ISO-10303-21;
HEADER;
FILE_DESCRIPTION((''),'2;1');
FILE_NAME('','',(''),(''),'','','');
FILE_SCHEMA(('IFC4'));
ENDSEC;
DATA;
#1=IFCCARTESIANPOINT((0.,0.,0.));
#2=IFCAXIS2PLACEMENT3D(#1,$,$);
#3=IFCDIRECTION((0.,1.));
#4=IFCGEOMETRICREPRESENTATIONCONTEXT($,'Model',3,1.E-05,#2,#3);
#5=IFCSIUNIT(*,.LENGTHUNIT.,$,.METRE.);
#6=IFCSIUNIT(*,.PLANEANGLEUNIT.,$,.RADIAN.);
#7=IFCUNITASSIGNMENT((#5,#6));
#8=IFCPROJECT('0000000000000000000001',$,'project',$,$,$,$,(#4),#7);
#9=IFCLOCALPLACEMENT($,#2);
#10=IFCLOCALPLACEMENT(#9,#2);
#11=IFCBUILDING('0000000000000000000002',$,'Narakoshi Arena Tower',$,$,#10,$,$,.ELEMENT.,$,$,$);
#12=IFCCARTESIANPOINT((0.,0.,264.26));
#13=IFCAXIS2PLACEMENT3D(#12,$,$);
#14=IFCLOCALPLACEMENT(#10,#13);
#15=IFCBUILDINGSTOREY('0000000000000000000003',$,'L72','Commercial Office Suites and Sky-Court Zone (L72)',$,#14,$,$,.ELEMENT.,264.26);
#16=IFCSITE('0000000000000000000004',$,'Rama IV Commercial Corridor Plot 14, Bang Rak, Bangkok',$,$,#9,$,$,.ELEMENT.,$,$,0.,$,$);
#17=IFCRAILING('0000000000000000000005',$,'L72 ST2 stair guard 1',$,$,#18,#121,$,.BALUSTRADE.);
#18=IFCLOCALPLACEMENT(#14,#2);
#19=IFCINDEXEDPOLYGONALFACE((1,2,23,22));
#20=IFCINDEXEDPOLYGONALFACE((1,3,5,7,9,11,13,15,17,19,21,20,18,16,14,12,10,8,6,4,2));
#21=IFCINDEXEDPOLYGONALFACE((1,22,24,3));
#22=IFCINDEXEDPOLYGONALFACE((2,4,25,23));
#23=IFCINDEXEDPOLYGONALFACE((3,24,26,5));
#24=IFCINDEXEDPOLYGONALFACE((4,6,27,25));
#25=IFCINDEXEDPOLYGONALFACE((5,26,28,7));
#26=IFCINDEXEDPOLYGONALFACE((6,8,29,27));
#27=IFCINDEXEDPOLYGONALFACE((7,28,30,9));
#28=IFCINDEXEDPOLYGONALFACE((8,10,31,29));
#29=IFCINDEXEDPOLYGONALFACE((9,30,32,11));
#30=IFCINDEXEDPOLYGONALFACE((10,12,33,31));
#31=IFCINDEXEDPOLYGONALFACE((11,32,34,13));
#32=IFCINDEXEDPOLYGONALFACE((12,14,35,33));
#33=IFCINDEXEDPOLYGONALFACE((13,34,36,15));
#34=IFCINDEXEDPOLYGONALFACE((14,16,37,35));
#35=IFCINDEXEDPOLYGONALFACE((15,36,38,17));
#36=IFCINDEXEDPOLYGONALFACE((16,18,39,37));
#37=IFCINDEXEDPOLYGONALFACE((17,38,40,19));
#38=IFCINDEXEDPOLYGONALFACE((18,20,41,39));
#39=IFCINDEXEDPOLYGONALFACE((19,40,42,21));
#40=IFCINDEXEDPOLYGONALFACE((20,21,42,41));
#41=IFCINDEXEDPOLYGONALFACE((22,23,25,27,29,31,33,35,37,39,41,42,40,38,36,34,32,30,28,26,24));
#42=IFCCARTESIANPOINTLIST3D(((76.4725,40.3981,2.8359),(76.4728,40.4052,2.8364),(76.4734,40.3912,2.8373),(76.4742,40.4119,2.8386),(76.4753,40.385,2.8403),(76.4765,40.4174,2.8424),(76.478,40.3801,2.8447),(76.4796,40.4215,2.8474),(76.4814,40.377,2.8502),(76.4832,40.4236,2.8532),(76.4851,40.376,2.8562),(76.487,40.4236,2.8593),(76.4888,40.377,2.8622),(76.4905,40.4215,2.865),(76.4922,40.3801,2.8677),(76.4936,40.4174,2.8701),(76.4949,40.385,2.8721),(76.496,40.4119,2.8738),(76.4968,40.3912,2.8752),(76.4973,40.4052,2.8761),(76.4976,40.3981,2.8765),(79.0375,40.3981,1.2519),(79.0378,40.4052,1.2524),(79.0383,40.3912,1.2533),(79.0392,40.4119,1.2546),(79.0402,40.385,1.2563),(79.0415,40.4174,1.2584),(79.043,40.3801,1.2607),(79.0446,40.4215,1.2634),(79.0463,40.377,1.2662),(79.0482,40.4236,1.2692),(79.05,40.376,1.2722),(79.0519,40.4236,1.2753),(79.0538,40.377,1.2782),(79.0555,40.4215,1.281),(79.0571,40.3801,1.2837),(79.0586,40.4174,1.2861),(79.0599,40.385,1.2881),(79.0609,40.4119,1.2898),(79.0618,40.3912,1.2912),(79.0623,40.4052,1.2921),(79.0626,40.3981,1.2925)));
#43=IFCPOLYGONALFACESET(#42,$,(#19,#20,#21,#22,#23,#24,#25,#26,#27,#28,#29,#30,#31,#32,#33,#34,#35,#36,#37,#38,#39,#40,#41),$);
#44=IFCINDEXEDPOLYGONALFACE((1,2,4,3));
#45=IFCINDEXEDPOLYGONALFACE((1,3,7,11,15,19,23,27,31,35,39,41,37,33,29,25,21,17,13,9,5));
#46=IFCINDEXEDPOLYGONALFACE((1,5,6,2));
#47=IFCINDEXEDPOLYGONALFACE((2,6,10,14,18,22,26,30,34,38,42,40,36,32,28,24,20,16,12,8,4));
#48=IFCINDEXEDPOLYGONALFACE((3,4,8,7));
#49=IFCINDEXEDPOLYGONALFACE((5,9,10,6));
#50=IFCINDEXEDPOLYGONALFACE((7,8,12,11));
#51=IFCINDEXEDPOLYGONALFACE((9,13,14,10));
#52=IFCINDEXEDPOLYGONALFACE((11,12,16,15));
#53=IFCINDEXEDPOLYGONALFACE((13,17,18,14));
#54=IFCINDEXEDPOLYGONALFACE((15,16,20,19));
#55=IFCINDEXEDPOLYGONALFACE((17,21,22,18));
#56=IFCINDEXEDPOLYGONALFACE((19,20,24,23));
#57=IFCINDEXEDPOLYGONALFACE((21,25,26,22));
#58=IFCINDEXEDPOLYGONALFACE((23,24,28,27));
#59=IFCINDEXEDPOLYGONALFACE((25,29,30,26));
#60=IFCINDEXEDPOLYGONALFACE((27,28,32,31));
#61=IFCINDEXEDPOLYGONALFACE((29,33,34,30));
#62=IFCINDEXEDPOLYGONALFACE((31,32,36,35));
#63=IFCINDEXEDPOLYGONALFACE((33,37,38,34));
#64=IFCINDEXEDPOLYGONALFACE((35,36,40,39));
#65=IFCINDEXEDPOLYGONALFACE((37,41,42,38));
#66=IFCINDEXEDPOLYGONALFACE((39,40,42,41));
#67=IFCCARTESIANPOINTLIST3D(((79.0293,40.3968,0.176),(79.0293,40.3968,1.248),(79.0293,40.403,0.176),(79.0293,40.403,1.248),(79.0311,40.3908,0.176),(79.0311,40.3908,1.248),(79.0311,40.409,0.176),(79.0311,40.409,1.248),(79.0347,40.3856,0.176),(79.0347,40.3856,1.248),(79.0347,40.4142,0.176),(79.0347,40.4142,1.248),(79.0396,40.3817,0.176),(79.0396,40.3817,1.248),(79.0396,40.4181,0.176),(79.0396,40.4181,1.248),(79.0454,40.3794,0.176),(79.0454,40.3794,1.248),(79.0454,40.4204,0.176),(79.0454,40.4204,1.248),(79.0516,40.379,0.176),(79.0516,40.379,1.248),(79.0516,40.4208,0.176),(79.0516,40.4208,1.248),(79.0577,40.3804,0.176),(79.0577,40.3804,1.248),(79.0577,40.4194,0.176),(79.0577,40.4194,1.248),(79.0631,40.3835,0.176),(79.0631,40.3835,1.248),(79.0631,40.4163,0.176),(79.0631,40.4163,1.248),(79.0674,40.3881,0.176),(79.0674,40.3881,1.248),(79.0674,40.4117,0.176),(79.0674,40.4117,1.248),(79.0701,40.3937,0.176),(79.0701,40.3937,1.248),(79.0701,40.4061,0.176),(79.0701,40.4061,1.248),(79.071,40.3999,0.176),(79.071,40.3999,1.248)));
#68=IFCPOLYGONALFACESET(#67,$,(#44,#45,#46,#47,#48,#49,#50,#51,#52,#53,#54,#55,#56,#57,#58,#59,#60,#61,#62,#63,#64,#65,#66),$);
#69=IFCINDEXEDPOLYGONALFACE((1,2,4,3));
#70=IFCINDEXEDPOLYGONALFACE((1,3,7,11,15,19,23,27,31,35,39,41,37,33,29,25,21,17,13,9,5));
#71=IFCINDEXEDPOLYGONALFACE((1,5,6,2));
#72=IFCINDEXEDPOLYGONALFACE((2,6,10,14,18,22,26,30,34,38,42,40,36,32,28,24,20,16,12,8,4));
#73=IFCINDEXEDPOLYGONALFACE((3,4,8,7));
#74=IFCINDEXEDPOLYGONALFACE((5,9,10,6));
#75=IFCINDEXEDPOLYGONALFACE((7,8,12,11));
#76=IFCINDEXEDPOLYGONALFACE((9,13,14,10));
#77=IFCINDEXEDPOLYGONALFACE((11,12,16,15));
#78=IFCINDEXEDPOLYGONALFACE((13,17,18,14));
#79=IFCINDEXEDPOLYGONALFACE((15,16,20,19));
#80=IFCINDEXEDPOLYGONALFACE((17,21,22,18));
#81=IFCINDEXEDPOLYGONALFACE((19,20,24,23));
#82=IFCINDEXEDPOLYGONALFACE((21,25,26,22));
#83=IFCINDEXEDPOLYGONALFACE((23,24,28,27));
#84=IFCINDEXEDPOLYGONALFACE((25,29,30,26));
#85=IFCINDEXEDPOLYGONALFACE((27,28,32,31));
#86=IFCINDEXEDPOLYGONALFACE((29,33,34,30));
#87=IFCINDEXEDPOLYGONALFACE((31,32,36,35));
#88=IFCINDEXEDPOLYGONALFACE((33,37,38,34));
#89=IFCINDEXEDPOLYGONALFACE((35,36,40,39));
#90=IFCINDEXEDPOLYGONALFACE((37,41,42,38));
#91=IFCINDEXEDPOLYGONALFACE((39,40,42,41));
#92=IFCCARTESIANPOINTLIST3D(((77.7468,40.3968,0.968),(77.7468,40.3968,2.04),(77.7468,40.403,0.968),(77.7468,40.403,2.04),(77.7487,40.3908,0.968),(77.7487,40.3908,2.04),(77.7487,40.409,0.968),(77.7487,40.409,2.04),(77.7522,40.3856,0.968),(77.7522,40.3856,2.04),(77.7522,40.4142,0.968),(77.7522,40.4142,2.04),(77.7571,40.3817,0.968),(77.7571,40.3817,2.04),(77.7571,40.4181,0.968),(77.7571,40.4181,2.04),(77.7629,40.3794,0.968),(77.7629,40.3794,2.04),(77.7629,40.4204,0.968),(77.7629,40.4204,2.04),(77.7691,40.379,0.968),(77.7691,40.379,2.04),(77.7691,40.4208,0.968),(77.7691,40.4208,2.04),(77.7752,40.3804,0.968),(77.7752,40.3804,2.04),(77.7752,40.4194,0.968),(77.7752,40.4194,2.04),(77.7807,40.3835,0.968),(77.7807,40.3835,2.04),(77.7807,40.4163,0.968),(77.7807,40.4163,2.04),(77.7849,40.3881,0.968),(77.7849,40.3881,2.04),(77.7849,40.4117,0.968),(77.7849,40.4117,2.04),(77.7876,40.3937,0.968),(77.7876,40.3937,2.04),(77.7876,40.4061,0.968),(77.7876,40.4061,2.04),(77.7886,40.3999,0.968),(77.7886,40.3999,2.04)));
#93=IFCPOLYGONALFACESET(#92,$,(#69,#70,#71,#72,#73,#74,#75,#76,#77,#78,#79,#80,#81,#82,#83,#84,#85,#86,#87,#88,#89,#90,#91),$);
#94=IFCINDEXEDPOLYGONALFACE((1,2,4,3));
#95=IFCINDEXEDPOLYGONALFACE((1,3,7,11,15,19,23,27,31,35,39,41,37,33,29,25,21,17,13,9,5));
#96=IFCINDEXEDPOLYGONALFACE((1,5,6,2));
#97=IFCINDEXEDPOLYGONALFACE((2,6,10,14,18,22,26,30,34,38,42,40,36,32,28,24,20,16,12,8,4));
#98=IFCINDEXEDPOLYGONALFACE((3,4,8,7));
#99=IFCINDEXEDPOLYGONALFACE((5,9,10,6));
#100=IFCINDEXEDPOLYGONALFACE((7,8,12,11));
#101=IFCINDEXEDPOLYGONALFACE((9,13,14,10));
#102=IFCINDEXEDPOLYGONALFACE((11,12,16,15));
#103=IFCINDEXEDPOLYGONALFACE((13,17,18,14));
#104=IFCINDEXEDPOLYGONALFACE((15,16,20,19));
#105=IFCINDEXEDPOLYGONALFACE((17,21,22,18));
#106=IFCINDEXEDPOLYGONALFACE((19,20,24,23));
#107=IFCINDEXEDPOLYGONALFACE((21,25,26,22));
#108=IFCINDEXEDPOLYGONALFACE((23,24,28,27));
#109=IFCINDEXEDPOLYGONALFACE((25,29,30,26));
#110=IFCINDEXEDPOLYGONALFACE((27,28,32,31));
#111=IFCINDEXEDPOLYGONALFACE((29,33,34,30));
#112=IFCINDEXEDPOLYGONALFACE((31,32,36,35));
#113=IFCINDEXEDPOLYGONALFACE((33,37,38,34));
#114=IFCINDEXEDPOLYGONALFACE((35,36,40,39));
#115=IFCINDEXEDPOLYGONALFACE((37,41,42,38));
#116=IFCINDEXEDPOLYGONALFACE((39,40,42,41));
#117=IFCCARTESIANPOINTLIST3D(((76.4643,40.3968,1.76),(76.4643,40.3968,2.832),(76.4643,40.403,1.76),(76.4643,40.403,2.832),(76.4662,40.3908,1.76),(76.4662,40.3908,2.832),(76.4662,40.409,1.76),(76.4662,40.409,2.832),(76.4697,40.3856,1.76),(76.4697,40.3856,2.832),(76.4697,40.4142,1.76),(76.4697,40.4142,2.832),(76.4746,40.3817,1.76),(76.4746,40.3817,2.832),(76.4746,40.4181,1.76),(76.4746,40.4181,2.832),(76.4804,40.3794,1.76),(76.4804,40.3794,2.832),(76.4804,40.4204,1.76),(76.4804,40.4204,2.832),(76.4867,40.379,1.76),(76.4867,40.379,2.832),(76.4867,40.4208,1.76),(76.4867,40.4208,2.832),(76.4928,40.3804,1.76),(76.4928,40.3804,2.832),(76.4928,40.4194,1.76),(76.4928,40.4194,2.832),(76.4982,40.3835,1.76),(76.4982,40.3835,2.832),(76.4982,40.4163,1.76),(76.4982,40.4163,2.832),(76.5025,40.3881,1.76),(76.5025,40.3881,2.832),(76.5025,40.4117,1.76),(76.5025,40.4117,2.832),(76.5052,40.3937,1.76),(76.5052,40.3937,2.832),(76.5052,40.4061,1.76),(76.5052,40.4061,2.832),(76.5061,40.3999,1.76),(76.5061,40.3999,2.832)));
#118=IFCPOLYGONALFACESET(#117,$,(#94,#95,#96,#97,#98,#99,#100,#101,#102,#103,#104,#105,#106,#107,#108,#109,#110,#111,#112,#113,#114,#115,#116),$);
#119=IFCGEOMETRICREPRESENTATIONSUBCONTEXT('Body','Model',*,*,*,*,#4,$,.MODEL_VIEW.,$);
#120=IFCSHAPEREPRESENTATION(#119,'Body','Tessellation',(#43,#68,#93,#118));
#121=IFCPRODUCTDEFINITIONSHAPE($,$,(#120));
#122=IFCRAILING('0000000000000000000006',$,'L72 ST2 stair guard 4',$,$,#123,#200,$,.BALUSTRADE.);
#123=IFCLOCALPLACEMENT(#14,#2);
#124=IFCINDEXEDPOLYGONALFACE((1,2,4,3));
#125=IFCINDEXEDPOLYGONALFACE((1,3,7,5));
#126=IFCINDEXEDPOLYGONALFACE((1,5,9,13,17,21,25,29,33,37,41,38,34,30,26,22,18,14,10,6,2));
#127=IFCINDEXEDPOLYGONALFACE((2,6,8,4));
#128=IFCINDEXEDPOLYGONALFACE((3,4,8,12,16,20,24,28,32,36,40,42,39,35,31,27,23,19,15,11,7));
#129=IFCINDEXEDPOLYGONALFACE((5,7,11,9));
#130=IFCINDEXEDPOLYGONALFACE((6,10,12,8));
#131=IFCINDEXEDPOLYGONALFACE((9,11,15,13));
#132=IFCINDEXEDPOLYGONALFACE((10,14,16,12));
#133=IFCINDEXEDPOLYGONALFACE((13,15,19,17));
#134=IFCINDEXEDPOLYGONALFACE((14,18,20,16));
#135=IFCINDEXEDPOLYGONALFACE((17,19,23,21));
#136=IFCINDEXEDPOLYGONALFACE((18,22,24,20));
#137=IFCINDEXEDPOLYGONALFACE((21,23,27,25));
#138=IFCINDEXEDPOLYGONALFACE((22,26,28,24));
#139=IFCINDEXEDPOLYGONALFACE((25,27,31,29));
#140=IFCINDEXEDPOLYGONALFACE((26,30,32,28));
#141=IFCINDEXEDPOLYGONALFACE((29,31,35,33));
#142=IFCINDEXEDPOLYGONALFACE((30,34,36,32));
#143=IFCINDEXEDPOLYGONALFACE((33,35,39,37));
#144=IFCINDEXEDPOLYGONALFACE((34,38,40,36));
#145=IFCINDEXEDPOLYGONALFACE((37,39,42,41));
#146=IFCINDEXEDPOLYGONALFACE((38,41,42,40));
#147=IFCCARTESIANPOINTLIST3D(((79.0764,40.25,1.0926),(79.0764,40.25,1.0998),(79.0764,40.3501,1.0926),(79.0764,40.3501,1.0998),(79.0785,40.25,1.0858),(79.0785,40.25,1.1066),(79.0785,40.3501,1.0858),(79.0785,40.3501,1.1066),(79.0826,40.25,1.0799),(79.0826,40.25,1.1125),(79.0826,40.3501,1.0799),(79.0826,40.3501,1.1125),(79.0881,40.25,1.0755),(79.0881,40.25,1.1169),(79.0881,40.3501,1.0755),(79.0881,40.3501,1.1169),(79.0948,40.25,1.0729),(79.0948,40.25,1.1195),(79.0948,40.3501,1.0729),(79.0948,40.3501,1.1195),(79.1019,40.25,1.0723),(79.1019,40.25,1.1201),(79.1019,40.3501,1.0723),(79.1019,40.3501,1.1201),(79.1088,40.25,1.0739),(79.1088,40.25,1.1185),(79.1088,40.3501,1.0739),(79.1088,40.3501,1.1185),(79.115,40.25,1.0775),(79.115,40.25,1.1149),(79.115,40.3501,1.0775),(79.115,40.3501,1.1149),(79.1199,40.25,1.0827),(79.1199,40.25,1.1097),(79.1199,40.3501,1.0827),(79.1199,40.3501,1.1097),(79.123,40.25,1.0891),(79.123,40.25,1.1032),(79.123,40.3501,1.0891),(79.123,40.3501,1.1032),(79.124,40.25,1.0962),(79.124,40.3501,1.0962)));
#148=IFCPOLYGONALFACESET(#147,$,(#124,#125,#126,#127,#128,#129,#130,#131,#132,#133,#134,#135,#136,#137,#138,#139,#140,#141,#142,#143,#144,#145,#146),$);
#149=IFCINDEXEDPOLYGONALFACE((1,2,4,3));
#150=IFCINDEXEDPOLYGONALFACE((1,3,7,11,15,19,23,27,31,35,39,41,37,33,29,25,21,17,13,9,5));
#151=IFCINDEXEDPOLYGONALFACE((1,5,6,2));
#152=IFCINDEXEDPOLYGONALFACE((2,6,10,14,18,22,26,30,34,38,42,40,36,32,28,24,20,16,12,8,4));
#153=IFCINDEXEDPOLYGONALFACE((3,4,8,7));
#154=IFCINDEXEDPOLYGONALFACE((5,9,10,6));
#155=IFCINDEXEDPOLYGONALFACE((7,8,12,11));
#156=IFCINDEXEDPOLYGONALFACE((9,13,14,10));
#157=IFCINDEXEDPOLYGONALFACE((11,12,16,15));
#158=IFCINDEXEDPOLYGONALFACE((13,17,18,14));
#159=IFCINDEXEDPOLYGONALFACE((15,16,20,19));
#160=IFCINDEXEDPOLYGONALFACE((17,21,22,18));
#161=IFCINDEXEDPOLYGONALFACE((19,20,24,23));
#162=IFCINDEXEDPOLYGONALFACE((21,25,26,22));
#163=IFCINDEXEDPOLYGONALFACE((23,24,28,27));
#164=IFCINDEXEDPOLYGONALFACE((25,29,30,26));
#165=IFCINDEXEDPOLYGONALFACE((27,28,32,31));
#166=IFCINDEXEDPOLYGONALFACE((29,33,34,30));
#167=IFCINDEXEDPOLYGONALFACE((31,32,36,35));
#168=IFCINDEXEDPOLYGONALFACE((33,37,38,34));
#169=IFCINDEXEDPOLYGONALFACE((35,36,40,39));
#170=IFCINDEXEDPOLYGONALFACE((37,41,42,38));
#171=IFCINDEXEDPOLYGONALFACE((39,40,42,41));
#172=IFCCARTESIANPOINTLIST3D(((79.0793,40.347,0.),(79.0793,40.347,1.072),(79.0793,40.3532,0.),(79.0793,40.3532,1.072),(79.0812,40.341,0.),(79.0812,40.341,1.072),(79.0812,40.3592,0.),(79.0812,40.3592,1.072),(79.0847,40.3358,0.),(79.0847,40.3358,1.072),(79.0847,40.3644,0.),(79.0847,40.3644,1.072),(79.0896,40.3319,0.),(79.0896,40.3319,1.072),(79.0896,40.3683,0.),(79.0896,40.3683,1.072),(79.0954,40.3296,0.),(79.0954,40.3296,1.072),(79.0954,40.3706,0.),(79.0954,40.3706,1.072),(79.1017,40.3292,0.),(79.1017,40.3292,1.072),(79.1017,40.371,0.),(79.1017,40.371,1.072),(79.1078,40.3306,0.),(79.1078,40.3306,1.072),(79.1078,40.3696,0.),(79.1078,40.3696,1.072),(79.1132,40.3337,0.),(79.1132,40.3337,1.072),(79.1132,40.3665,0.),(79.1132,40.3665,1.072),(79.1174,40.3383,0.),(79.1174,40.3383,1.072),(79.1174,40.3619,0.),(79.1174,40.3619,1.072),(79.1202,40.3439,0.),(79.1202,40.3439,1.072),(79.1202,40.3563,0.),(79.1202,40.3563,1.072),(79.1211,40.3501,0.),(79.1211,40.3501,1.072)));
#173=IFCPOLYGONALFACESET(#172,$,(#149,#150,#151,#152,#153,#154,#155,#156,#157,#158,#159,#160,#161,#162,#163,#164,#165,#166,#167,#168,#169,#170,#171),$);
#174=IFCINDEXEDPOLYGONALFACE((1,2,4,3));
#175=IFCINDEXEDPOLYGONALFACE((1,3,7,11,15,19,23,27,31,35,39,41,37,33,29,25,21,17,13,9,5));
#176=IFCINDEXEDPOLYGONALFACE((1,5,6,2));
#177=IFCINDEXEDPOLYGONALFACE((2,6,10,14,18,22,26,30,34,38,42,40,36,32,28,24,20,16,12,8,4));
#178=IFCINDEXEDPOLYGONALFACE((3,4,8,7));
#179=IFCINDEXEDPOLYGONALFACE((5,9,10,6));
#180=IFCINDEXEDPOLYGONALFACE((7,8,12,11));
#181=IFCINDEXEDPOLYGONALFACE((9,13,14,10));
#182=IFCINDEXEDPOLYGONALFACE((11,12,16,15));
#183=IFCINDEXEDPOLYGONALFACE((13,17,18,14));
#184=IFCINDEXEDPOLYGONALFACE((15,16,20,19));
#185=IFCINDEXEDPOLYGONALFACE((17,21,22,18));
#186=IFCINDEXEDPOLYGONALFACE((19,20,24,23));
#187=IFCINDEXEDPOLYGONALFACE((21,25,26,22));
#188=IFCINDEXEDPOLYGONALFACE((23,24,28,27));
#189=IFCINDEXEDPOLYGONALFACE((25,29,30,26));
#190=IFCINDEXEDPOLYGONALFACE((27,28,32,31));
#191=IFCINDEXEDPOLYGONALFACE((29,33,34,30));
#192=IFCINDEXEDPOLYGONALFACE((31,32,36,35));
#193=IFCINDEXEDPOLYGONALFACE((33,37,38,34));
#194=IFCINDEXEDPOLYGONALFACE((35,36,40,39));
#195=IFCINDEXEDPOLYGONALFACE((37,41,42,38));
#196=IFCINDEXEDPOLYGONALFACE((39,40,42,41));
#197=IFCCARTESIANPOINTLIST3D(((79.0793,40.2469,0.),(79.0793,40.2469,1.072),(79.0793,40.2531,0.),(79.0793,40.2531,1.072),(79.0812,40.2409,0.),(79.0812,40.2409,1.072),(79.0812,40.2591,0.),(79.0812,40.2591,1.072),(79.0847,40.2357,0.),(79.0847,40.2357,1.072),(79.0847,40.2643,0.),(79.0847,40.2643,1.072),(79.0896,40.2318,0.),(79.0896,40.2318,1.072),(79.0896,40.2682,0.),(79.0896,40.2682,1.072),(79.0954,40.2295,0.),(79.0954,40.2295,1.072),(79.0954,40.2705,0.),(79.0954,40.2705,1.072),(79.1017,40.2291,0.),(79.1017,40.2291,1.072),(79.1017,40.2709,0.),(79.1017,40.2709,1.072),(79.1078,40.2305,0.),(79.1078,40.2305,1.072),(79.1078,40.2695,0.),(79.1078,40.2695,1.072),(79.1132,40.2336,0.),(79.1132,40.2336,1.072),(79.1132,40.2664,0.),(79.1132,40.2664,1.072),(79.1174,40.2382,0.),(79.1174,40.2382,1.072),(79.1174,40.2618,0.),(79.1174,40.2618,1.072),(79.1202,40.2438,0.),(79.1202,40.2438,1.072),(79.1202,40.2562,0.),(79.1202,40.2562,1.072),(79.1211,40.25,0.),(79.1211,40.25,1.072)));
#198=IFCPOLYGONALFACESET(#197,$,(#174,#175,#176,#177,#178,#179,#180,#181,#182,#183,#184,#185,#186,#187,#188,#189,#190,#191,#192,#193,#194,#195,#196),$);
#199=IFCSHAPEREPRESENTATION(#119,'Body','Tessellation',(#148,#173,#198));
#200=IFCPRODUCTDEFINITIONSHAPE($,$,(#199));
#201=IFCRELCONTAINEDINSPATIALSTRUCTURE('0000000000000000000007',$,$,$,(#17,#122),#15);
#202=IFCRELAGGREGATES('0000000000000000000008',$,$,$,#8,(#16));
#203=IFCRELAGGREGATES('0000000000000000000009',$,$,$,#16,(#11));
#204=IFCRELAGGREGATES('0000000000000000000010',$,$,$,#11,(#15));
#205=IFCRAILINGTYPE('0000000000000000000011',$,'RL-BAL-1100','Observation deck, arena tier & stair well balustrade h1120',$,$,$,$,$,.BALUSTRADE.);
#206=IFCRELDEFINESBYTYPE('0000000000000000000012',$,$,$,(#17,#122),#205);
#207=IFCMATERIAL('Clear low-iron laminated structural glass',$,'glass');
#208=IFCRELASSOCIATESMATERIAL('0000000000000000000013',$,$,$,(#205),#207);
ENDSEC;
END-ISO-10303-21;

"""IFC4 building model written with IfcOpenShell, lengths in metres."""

from ifc_helpers import new_model, si_unit, direction, frame, origin, origin_2d, place, context, subcontext, project, spatial, circle, extrude, material, type_object, element, save


model = new_model("IFC4")

# Units and contexts
model_context = context("Model", 3, precision=1e-05, world=origin(), true_north=direction((0.0, 1.0)))
body_context = subcontext(model_context, "Body", "Model", "MODEL_VIEW")
ifc_project = project(units=[si_unit("LENGTHUNIT", "METRE"), si_unit("PLANEANGLEUNIT", "RADIAN")], contexts=[model_context])

# Site, building, storey
site_placement = place(None, origin())
site = spatial("IfcSite", under=ifc_project, at=site_placement, Name="Rama IV Commercial Corridor Plot 14, Bang Rak, Bangkok", CompositionType="ELEMENT", RefElevation=0.0)
building_placement = place(site_placement, origin())
building = spatial("IfcBuilding", under=site, at=building_placement, Name="Narakoshi Arena Tower", CompositionType="ELEMENT")
storey_placement = place(building_placement, frame((0.0, 0.0, 264.26)))
storey = spatial("IfcBuildingStorey", under=building, at=storey_placement, Name="L72", Description="Commercial Office Suites and Sky-Court Zone (L72)", CompositionType="ELEMENT", Elevation=264.26)

# Railings
ifc_material_1 = material(Name="Clear low-iron laminated structural glass", Category="glass")
railing_type_1 = type_object("IfcRailingType", Name="RL-BAL-1100", Description="Observation deck, arena tier & stair well balustrade h1120", PredefinedType="BALUSTRADE", material=ifc_material_1)
railing_1_placement = place(storey_placement, frame((79.05, 40.3999, 0.176)))
element("IfcRailing", 1, at=railing_1_placement, inside=storey, type_object=railing_type_1, Name="L72 ST2 stair guard 1", PredefinedType="BALUSTRADE", context=body_context, shape_type="SweptSolid", body=[
    extrude(circle(Radius=0.0239, at=origin_2d()), frame((0.0, 0.0, 1.0962), z_axis=(-0.850834, 0.0, 0.525434), x_axis=(0.0, -1.0, 0.0)), (0.0, 0.0, 1.0), 3.0146),
    extrude(circle(Radius=0.021, at=origin_2d()), origin(), (0.0, 0.0, 1.0), 1.072),
    extrude(circle(Radius=0.021, at=origin_2d()), frame((-1.2825, 0.0, 0.792)), (0.0, 0.0, 1.0), 1.072),
    extrude(circle(Radius=0.021, at=origin_2d()), frame((-2.5649, 0.0, 1.584)), (0.0, 0.0, 1.0), 1.072),
])
railing_2_placement = place(storey_placement, frame((79.1001, 40.3501, 0.0)))
element("IfcRailing", 2, at=railing_2_placement, inside=storey, type_object=railing_type_1, Name="L72 ST2 stair guard 4", PredefinedType="BALUSTRADE", context=body_context, shape_type="SweptSolid", body=[
    extrude(circle(Radius=0.0239, at=origin_2d()), frame((0.0, 0.0, 1.0962), z_axis=(0.0, -1.0, 0.0), x_axis=(1.0, 0.0, 0.0)), (0.0, 0.0, 1.0), 0.1001),
    extrude(circle(Radius=0.021, at=origin_2d()), origin(), (0.0, 0.0, 1.0), 1.072),
    extrude(circle(Radius=0.021, at=origin_2d()), frame((0.0, -0.1001, 0.0)), (0.0, 0.0, 1.0), 1.072),
])

save(model, "model.ifc")
